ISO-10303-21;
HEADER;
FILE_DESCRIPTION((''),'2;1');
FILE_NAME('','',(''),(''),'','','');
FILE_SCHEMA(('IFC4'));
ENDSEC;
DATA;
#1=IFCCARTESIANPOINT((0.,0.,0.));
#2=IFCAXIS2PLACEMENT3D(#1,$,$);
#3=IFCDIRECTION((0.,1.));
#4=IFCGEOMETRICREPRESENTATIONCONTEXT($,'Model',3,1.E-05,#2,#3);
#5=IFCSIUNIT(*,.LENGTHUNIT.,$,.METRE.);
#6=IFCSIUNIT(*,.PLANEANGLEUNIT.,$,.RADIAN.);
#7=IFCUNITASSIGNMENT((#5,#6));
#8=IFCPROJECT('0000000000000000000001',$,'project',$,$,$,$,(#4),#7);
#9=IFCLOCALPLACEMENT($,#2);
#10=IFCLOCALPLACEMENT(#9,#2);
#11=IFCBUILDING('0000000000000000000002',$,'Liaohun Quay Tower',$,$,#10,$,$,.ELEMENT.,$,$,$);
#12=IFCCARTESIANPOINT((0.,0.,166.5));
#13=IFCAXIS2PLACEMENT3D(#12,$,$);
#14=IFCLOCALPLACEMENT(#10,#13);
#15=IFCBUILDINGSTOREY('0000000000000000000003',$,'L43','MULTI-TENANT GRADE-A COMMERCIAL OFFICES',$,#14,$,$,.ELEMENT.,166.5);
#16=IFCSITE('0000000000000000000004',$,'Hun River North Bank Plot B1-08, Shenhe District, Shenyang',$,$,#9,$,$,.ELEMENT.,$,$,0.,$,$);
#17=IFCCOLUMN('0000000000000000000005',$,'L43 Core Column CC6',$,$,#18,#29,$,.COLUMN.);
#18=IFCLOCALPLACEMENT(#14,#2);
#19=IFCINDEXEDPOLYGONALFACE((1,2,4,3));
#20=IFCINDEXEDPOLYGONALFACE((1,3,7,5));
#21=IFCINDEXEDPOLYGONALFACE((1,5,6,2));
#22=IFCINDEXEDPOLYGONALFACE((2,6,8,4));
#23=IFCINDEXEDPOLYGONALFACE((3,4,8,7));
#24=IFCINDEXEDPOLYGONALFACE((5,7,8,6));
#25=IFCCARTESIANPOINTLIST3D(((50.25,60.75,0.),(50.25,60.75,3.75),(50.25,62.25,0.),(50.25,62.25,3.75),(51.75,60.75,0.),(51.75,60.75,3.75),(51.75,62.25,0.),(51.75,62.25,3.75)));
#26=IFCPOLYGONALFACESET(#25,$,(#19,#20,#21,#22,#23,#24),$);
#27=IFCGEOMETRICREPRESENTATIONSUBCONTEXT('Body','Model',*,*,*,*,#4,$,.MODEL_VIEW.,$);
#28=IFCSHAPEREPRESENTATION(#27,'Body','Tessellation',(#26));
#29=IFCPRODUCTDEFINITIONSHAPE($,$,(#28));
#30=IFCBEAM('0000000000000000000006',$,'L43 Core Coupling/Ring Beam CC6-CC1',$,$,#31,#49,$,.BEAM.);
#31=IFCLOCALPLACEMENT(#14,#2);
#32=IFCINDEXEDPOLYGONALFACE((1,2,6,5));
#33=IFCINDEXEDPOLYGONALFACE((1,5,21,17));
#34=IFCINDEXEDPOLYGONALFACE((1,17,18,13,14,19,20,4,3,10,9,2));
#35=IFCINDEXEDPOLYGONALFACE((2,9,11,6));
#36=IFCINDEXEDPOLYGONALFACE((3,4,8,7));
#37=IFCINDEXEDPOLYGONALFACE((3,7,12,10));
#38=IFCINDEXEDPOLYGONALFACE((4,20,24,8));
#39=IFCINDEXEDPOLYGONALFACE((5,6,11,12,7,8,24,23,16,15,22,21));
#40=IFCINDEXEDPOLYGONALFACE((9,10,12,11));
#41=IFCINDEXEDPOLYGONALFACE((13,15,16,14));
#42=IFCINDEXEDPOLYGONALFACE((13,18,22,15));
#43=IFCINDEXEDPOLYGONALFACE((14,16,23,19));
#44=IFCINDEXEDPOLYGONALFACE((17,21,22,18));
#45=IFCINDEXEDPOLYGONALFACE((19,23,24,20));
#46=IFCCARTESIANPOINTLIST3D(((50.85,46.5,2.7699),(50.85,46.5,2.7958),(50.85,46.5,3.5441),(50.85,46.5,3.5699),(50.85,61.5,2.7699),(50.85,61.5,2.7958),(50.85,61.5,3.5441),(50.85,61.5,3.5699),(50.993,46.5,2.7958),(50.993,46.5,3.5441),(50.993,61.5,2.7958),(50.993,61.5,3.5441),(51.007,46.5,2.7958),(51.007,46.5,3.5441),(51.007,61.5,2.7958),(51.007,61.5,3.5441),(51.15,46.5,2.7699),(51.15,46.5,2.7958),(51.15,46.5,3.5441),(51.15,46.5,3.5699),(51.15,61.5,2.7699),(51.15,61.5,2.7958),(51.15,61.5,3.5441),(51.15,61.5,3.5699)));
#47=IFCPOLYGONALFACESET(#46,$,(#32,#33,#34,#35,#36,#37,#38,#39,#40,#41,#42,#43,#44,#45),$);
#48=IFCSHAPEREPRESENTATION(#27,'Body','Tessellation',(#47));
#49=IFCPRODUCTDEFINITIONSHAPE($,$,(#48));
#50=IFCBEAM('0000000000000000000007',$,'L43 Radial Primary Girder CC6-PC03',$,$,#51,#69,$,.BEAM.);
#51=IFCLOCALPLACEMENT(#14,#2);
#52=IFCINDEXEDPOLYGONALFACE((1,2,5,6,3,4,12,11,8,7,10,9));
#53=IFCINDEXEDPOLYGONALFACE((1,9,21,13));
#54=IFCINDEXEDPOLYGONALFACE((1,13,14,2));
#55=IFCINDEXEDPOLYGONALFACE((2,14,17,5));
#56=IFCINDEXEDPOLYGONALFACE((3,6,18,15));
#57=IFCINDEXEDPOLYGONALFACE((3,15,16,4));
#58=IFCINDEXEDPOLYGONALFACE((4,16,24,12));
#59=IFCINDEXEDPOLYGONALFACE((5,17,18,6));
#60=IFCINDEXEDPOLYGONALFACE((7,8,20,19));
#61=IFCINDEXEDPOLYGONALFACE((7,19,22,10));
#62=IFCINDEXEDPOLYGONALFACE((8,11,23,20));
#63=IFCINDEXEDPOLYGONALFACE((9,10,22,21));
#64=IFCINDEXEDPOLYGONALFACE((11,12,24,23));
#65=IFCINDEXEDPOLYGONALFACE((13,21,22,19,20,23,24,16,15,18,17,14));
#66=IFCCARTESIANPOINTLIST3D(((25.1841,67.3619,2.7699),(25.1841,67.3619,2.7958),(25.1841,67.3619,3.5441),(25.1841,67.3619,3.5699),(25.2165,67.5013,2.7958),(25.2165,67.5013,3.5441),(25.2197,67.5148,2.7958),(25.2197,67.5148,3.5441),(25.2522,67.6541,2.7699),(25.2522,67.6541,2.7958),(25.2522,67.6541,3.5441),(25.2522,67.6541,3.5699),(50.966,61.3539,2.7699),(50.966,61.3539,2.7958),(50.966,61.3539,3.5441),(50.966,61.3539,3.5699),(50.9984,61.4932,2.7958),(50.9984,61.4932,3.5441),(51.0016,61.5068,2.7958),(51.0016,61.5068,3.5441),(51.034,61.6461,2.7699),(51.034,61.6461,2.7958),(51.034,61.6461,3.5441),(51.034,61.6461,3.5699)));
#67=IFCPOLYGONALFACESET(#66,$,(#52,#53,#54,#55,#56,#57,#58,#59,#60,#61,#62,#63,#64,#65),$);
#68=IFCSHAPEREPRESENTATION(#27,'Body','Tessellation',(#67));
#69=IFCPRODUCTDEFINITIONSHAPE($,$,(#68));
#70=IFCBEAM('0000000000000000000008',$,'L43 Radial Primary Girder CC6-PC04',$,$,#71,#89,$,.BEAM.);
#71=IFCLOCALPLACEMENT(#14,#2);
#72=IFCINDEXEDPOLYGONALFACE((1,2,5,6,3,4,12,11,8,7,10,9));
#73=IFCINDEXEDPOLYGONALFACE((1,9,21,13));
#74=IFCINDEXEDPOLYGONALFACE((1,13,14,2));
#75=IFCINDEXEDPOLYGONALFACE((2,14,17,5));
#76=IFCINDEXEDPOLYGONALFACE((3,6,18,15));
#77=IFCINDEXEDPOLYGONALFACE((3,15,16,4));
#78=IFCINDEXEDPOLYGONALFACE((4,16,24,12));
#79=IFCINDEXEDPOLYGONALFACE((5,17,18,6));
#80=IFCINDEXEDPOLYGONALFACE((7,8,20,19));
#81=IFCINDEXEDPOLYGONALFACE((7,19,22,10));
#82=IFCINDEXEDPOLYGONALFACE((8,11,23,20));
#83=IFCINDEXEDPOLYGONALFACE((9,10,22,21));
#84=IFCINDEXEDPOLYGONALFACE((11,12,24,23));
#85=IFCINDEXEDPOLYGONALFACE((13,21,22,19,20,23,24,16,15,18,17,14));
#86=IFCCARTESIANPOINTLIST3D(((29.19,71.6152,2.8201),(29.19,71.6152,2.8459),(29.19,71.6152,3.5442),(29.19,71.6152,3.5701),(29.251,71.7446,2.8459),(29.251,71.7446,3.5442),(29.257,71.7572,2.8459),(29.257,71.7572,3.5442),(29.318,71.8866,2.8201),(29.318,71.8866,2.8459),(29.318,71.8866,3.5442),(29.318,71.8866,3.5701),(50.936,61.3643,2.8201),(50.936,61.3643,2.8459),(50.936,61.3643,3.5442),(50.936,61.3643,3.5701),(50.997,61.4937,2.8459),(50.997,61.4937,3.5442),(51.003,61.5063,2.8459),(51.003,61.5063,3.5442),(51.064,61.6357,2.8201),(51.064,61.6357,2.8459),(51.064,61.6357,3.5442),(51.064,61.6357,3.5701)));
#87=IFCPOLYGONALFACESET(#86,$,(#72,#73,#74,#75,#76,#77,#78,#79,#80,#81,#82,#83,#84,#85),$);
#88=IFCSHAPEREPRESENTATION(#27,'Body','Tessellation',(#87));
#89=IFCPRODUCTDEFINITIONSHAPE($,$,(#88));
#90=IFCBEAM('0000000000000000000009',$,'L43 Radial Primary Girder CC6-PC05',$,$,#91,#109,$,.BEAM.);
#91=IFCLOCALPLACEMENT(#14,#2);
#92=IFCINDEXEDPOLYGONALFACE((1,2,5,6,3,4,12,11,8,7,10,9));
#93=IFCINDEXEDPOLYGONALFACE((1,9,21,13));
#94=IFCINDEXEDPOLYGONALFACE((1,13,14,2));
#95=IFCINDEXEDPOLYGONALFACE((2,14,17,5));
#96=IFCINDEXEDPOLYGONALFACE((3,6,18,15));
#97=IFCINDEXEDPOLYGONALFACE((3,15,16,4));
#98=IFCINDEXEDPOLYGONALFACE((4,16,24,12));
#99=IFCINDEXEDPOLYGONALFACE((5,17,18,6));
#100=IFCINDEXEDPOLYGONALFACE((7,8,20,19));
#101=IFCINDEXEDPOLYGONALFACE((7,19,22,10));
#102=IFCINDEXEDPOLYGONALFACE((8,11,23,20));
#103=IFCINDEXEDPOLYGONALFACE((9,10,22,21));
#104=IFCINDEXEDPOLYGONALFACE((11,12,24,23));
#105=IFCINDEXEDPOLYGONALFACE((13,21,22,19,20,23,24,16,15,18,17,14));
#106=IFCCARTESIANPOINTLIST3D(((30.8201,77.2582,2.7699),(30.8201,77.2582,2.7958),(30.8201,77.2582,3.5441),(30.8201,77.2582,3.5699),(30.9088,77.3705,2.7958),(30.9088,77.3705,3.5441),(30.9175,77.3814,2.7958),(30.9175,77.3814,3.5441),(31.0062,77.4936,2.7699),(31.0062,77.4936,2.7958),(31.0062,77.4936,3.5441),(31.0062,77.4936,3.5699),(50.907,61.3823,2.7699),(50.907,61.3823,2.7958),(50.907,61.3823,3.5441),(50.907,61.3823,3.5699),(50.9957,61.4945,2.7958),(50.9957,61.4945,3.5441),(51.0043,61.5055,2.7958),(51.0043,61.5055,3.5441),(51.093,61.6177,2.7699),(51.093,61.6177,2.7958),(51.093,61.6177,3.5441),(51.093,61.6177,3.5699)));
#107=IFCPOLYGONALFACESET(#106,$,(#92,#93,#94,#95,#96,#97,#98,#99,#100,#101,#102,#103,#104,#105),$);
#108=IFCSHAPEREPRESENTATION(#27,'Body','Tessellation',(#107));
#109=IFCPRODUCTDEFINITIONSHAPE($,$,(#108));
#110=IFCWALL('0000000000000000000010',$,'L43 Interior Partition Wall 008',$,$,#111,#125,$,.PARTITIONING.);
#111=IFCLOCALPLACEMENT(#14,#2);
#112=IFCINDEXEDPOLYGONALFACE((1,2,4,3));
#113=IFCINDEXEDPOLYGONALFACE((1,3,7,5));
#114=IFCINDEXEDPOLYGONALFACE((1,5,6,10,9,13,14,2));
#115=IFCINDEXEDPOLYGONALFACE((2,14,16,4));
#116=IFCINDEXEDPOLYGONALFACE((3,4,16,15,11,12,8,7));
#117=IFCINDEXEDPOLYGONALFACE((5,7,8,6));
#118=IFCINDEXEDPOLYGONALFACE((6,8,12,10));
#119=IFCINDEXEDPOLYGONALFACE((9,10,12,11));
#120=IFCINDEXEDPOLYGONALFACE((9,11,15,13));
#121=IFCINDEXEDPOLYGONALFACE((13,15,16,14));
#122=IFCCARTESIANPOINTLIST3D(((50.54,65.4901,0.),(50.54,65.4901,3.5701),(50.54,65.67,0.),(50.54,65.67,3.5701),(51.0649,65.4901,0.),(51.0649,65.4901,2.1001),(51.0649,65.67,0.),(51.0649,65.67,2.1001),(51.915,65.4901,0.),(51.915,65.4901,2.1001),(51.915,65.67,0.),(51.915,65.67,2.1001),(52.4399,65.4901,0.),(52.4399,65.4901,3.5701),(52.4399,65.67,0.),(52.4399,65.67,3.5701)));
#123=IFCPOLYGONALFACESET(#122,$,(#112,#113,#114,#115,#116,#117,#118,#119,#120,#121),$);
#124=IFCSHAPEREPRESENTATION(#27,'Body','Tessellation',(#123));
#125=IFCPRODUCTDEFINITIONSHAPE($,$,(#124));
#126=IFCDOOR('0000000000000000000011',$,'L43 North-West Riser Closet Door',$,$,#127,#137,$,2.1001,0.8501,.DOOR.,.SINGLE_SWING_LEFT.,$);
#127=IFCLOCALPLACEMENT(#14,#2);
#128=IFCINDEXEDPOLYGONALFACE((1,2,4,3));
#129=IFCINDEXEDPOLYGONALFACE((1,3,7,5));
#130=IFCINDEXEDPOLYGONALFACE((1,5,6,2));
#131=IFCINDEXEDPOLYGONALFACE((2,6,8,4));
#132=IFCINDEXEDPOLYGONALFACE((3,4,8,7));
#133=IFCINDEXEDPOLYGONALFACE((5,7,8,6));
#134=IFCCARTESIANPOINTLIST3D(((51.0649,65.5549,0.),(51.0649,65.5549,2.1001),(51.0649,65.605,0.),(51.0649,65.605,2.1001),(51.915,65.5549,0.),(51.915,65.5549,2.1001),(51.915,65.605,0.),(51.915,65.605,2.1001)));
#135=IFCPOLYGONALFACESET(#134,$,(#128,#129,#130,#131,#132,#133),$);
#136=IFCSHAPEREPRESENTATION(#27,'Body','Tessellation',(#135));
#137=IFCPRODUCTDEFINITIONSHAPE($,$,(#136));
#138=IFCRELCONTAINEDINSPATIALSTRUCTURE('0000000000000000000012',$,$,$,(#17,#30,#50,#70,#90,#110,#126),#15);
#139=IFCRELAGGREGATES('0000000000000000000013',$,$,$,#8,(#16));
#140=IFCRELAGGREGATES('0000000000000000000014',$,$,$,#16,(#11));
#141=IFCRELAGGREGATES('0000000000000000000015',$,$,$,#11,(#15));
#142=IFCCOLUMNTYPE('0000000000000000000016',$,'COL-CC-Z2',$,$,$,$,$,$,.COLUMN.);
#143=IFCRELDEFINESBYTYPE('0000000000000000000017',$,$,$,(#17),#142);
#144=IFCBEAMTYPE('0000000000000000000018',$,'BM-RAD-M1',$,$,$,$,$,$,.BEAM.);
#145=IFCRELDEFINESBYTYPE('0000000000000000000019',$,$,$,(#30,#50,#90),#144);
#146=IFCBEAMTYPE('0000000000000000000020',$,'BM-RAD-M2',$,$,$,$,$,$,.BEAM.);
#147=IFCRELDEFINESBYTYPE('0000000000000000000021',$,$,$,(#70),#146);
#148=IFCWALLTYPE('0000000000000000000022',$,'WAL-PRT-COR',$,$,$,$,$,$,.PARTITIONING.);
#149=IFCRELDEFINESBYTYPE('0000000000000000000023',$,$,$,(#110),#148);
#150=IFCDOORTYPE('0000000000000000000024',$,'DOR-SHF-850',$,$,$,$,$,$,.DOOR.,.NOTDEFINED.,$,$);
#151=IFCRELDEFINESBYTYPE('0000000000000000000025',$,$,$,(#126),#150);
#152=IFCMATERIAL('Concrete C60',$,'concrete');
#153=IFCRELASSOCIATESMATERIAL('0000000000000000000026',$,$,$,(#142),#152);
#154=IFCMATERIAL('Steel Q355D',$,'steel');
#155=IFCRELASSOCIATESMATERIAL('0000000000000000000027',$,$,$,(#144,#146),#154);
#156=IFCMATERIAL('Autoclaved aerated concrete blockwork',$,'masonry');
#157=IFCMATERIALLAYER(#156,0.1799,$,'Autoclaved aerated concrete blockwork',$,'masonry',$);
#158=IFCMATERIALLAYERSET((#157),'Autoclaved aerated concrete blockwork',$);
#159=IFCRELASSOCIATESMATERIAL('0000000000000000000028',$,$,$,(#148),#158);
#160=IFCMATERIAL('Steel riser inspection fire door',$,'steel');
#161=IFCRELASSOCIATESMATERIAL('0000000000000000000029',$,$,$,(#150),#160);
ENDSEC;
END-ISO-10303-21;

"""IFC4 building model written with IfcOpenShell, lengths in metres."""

from ifc_helpers import new_model, si_unit, direction, frame, frame_2d, origin, origin_2d, place, context, subcontext, project, spatial, rectangle, i_section, extrude, source, transform, mapped, material, layer, layer_set, material_profile, profile_set, type_object, element, fill, save


model = new_model("IFC4")

# Units and contexts
model_context = context("Model", 3, precision=1e-05, world=origin(), true_north=direction((0.0, 1.0)))
body_context = subcontext(model_context, "Body", "Model", "MODEL_VIEW")
ifc_project = project(units=[si_unit("LENGTHUNIT", "METRE"), si_unit("PLANEANGLEUNIT", "RADIAN")], contexts=[model_context])

# Site, building, storey
site_placement = place(None, origin())
site = spatial("IfcSite", under=ifc_project, at=site_placement, Name="Hun River North Bank Plot B1-08, Shenhe District, Shenyang", CompositionType="ELEMENT", RefElevation=0.0)
building_placement = place(site_placement, origin())
building = spatial("IfcBuilding", under=site, at=building_placement, Name="Liaohun Quay Tower", CompositionType="ELEMENT")
storey_placement = place(building_placement, frame((0.0, 0.0, 166.5)))
storey = spatial("IfcBuildingStorey", under=building, at=storey_placement, Name="L43", Description="MULTI-TENANT GRADE-A COMMERCIAL OFFICES", CompositionType="ELEMENT", Elevation=166.5)

# Column
ifc_material_1 = material(Name="Concrete C60", Category="concrete")
ifc_material_profile_1 = material_profile(ifc_material_1, rectangle(XDim=1.5, YDim=1.5, at=origin_2d()), Name="RC1500x1500")
ifc_profile_set_1 = profile_set([ifc_material_profile_1], Name="Concrete C60")
column_type = type_object("IfcColumnType", Name="COL-CC-Z2", PredefinedType="COLUMN", material=ifc_profile_set_1)
shared_shape_1 = source(origin(), body_context, "Body", "SweptSolid", [
    extrude(rectangle(XDim=1.5, YDim=1.5, at=origin_2d()), origin(), (0.0, 0.0, 1.0), 3.75),
])
column_placement = place(storey_placement, frame((51.0, 61.5, 0.0), z_axis=(0.0, 0.0, 1.0), x_axis=(1.0, 0.0, 0.0)))
element("IfcColumn", 1, at=column_placement, inside=storey, type_object=column_type, Name="L43 Core Column CC6", PredefinedType="COLUMN", context=body_context, shape_type="MappedRepresentation", body=[
    mapped(shared_shape_1, transform((0.0, 0.0, 0.0), x_axis=(1.0, 0.0, 0.0), y_axis=(0.0, 1.0, 0.0), z_axis=(0.0, 0.0, 1.0), scale=1.0)),
])

# Beams
ifc_material_2 = material(Name="Steel Q355D", Category="steel")
ifc_material_profile_2 = material_profile(ifc_material_2, i_section(OverallWidth=0.3, OverallDepth=0.8, WebThickness=0.0139, FlangeThickness=0.0259, at=origin_2d()), Name="HN800x300x14x26")
ifc_profile_set_2 = profile_set([ifc_material_profile_2], Name="Steel Q355D")
beam_type_1 = type_object("IfcBeamType", Name="BM-RAD-M1", PredefinedType="BEAM", material=ifc_profile_set_2)
shared_shape_2 = source(origin(), body_context, "Body", "SweptSolid", [
    extrude(i_section(OverallWidth=0.3, OverallDepth=0.8, WebThickness=0.0139, FlangeThickness=0.0259, at=origin_2d()), origin(), (0.0, 0.0, 1.0), 15.0),
])
beam_1_placement = place(storey_placement, frame((51.0, 61.5, 3.1699), z_axis=(0.0, -1.0, 0.0), x_axis=(1.0, 0.0, 0.0)))
element("IfcBeam", 2, at=beam_1_placement, inside=storey, type_object=beam_type_1, Name="L43 Core Coupling/Ring Beam CC6-CC1", PredefinedType="BEAM", context=body_context, shape_type="MappedRepresentation", body=[
    mapped(shared_shape_2, transform((0.0, 0.0, 0.0), x_axis=(1.0, 0.0, 0.0), y_axis=(0.0, 1.0, 0.0), z_axis=(0.0, 0.0, 1.0), scale=1.0)),
])
shared_shape_3 = source(origin(), body_context, "Body", "SweptSolid", [
    extrude(i_section(OverallWidth=0.3, OverallDepth=0.8, WebThickness=0.0139, FlangeThickness=0.0259, at=origin_2d()), origin(), (0.0, 0.0, 1.0), 26.4727),
])
beam_2_placement = place(storey_placement, frame((51.0, 61.5, 3.1699), z_axis=(-0.973906, 0.226952, 0.0), x_axis=(-0.226952, -0.973906, 0.0)))
element("IfcBeam", 3, at=beam_2_placement, inside=storey, type_object=beam_type_1, Name="L43 Radial Primary Girder CC6-PC03", PredefinedType="BEAM", context=body_context, shape_type="MappedRepresentation", body=[
    mapped(shared_shape_3, transform((0.0, 0.0, 0.0), x_axis=(1.0, 0.0, 0.0), y_axis=(0.0, 1.0, 0.0), z_axis=(0.0, 0.0, 1.0), scale=1.0)),
])
ifc_material_profile_3 = material_profile(ifc_material_2, i_section(OverallWidth=0.3, OverallDepth=0.75, WebThickness=0.0139, FlangeThickness=0.0259, at=origin_2d()), Name="HN750x300x14x26")
ifc_profile_set_3 = profile_set([ifc_material_profile_3], Name="Steel Q355D")
beam_type_2 = type_object("IfcBeamType", Name="BM-RAD-M2", PredefinedType="BEAM", material=ifc_profile_set_3)
shared_shape_4 = source(origin(), body_context, "Body", "SweptSolid", [
    extrude(i_section(OverallWidth=0.3, OverallDepth=0.75, WebThickness=0.0139, FlangeThickness=0.0259, at=origin_2d()), origin(), (0.0, 0.0, 1.0), 24.041),
])
beam_3_placement = place(storey_placement, frame((51.0, 61.5, 3.1951), z_axis=(-0.904538, 0.426394, 0.0), x_axis=(-0.426394, -0.904538, 0.0)))
element("IfcBeam", 4, at=beam_3_placement, inside=storey, type_object=beam_type_2, Name="L43 Radial Primary Girder CC6-PC04", PredefinedType="BEAM", context=body_context, shape_type="MappedRepresentation", body=[
    mapped(shared_shape_4, transform((0.0, 0.0, 0.0), x_axis=(1.0, 0.0, 0.0), y_axis=(0.0, 1.0, 0.0), z_axis=(0.0, 0.0, 1.0), scale=1.0)),
])
shared_shape_5 = source(origin(), body_context, "Body", "SweptSolid", [
    extrude(i_section(OverallWidth=0.3, OverallDepth=0.8, WebThickness=0.0139, FlangeThickness=0.0259, at=origin_2d()), origin(), (0.0, 0.0, 1.0), 25.6033),
])
beam_4_placement = place(storey_placement, frame((51.0, 61.5, 3.1699), z_axis=(-0.784543, 0.620075, 0.0), x_axis=(-0.620075, -0.784543, 0.0)))
element("IfcBeam", 5, at=beam_4_placement, inside=storey, type_object=beam_type_1, Name="L43 Radial Primary Girder CC6-PC05", PredefinedType="BEAM", context=body_context, shape_type="MappedRepresentation", body=[
    mapped(shared_shape_5, transform((0.0, 0.0, 0.0), x_axis=(1.0, 0.0, 0.0), y_axis=(0.0, 1.0, 0.0), z_axis=(0.0, 0.0, 1.0), scale=1.0)),
])

# Wall, opening, door
ifc_material_3 = material(Name="Autoclaved aerated concrete blockwork", Category="masonry")
ifc_layer_1 = layer(ifc_material_3, 0.1799, Name="Autoclaved aerated concrete blockwork", Category="masonry")
ifc_layer_set_1 = layer_set([ifc_layer_1], Name="Autoclaved aerated concrete blockwork")
wall_type_1 = type_object("IfcWallType", Name="WAL-PRT-COR", PredefinedType="PARTITIONING", material=ifc_layer_set_1)
wall_1_placement = place(storey_placement, frame((50.54, 65.5801, 0.0), z_axis=(0.0, 0.0, 1.0), x_axis=(1.0, 0.0, 0.0)))
wall_1 = element("IfcWall", 6, at=wall_1_placement, inside=storey, type_object=wall_type_1, Name="L43 Interior Partition Wall 008", PredefinedType="PARTITIONING", context=body_context, shape_type="SweptSolid", body=[
    extrude(rectangle(XDim=1.8999, YDim=0.1799, at=frame_2d((0.95, 0.0))), origin(), (0.0, 0.0, 1.0), 3.5701),
])
shared_shape_6 = source(origin(), body_context, "Body", "SweptSolid", [
    extrude(rectangle(XDim=0.8501, YDim=2.1001, at=frame_2d((0.425, 1.05))), frame((0.0, 0.0999, 0.0), z_axis=(0.0, -1.0, 0.0), x_axis=(1.0, 0.0, 0.0)), (0.0, 0.0, 1.0), 0.2),
])
opening_1_placement = place(wall_1_placement, frame((0.5249, 0.0, 0.0)))
opening_1 = element("IfcOpeningElement", 7, at=opening_1_placement, cuts=wall_1, PredefinedType="OPENING", context=body_context, shape_type="MappedRepresentation", body=[
    mapped(shared_shape_6, transform((0.0, 0.0, 0.0), x_axis=(1.0, 0.0, 0.0), y_axis=(0.0, 1.0, 0.0), z_axis=(0.0, 0.0, 1.0), scale=1.0)),
])
ifc_material_4 = material(Name="Steel riser inspection fire door", Category="steel")
door_type_1 = type_object("IfcDoorType", Name="DOR-SHF-850", OperationType="NOTDEFINED", PredefinedType="DOOR", material=ifc_material_4)
shared_shape_7 = source(origin(), body_context, "Body", "SweptSolid", [
    extrude(rectangle(XDim=0.8501, YDim=2.1001, at=frame_2d((0.425, 1.05))), frame((0.0, 0.0249, 0.0), z_axis=(0.0, -1.0, 0.0), x_axis=(1.0, 0.0, 0.0)), (0.0, 0.0, 1.0), 0.05),
])
door_1_placement = place(opening_1_placement, origin())
door_1 = element("IfcDoor", 8, at=door_1_placement, inside=storey, type_object=door_type_1, Name="L43 North-West Riser Closet Door", OperationType="SINGLE_SWING_LEFT", OverallHeight=2.1001, OverallWidth=0.8501, PredefinedType="DOOR", context=body_context, shape_type="MappedRepresentation", body=[
    mapped(shared_shape_7, transform((0.0, 0.0, 0.0), x_axis=(1.0, 0.0, 0.0), y_axis=(0.0, 1.0, 0.0), z_axis=(0.0, 0.0, 1.0), scale=1.0)),
])
fill(opening_1, door_1)

save(model, "model.ifc")
